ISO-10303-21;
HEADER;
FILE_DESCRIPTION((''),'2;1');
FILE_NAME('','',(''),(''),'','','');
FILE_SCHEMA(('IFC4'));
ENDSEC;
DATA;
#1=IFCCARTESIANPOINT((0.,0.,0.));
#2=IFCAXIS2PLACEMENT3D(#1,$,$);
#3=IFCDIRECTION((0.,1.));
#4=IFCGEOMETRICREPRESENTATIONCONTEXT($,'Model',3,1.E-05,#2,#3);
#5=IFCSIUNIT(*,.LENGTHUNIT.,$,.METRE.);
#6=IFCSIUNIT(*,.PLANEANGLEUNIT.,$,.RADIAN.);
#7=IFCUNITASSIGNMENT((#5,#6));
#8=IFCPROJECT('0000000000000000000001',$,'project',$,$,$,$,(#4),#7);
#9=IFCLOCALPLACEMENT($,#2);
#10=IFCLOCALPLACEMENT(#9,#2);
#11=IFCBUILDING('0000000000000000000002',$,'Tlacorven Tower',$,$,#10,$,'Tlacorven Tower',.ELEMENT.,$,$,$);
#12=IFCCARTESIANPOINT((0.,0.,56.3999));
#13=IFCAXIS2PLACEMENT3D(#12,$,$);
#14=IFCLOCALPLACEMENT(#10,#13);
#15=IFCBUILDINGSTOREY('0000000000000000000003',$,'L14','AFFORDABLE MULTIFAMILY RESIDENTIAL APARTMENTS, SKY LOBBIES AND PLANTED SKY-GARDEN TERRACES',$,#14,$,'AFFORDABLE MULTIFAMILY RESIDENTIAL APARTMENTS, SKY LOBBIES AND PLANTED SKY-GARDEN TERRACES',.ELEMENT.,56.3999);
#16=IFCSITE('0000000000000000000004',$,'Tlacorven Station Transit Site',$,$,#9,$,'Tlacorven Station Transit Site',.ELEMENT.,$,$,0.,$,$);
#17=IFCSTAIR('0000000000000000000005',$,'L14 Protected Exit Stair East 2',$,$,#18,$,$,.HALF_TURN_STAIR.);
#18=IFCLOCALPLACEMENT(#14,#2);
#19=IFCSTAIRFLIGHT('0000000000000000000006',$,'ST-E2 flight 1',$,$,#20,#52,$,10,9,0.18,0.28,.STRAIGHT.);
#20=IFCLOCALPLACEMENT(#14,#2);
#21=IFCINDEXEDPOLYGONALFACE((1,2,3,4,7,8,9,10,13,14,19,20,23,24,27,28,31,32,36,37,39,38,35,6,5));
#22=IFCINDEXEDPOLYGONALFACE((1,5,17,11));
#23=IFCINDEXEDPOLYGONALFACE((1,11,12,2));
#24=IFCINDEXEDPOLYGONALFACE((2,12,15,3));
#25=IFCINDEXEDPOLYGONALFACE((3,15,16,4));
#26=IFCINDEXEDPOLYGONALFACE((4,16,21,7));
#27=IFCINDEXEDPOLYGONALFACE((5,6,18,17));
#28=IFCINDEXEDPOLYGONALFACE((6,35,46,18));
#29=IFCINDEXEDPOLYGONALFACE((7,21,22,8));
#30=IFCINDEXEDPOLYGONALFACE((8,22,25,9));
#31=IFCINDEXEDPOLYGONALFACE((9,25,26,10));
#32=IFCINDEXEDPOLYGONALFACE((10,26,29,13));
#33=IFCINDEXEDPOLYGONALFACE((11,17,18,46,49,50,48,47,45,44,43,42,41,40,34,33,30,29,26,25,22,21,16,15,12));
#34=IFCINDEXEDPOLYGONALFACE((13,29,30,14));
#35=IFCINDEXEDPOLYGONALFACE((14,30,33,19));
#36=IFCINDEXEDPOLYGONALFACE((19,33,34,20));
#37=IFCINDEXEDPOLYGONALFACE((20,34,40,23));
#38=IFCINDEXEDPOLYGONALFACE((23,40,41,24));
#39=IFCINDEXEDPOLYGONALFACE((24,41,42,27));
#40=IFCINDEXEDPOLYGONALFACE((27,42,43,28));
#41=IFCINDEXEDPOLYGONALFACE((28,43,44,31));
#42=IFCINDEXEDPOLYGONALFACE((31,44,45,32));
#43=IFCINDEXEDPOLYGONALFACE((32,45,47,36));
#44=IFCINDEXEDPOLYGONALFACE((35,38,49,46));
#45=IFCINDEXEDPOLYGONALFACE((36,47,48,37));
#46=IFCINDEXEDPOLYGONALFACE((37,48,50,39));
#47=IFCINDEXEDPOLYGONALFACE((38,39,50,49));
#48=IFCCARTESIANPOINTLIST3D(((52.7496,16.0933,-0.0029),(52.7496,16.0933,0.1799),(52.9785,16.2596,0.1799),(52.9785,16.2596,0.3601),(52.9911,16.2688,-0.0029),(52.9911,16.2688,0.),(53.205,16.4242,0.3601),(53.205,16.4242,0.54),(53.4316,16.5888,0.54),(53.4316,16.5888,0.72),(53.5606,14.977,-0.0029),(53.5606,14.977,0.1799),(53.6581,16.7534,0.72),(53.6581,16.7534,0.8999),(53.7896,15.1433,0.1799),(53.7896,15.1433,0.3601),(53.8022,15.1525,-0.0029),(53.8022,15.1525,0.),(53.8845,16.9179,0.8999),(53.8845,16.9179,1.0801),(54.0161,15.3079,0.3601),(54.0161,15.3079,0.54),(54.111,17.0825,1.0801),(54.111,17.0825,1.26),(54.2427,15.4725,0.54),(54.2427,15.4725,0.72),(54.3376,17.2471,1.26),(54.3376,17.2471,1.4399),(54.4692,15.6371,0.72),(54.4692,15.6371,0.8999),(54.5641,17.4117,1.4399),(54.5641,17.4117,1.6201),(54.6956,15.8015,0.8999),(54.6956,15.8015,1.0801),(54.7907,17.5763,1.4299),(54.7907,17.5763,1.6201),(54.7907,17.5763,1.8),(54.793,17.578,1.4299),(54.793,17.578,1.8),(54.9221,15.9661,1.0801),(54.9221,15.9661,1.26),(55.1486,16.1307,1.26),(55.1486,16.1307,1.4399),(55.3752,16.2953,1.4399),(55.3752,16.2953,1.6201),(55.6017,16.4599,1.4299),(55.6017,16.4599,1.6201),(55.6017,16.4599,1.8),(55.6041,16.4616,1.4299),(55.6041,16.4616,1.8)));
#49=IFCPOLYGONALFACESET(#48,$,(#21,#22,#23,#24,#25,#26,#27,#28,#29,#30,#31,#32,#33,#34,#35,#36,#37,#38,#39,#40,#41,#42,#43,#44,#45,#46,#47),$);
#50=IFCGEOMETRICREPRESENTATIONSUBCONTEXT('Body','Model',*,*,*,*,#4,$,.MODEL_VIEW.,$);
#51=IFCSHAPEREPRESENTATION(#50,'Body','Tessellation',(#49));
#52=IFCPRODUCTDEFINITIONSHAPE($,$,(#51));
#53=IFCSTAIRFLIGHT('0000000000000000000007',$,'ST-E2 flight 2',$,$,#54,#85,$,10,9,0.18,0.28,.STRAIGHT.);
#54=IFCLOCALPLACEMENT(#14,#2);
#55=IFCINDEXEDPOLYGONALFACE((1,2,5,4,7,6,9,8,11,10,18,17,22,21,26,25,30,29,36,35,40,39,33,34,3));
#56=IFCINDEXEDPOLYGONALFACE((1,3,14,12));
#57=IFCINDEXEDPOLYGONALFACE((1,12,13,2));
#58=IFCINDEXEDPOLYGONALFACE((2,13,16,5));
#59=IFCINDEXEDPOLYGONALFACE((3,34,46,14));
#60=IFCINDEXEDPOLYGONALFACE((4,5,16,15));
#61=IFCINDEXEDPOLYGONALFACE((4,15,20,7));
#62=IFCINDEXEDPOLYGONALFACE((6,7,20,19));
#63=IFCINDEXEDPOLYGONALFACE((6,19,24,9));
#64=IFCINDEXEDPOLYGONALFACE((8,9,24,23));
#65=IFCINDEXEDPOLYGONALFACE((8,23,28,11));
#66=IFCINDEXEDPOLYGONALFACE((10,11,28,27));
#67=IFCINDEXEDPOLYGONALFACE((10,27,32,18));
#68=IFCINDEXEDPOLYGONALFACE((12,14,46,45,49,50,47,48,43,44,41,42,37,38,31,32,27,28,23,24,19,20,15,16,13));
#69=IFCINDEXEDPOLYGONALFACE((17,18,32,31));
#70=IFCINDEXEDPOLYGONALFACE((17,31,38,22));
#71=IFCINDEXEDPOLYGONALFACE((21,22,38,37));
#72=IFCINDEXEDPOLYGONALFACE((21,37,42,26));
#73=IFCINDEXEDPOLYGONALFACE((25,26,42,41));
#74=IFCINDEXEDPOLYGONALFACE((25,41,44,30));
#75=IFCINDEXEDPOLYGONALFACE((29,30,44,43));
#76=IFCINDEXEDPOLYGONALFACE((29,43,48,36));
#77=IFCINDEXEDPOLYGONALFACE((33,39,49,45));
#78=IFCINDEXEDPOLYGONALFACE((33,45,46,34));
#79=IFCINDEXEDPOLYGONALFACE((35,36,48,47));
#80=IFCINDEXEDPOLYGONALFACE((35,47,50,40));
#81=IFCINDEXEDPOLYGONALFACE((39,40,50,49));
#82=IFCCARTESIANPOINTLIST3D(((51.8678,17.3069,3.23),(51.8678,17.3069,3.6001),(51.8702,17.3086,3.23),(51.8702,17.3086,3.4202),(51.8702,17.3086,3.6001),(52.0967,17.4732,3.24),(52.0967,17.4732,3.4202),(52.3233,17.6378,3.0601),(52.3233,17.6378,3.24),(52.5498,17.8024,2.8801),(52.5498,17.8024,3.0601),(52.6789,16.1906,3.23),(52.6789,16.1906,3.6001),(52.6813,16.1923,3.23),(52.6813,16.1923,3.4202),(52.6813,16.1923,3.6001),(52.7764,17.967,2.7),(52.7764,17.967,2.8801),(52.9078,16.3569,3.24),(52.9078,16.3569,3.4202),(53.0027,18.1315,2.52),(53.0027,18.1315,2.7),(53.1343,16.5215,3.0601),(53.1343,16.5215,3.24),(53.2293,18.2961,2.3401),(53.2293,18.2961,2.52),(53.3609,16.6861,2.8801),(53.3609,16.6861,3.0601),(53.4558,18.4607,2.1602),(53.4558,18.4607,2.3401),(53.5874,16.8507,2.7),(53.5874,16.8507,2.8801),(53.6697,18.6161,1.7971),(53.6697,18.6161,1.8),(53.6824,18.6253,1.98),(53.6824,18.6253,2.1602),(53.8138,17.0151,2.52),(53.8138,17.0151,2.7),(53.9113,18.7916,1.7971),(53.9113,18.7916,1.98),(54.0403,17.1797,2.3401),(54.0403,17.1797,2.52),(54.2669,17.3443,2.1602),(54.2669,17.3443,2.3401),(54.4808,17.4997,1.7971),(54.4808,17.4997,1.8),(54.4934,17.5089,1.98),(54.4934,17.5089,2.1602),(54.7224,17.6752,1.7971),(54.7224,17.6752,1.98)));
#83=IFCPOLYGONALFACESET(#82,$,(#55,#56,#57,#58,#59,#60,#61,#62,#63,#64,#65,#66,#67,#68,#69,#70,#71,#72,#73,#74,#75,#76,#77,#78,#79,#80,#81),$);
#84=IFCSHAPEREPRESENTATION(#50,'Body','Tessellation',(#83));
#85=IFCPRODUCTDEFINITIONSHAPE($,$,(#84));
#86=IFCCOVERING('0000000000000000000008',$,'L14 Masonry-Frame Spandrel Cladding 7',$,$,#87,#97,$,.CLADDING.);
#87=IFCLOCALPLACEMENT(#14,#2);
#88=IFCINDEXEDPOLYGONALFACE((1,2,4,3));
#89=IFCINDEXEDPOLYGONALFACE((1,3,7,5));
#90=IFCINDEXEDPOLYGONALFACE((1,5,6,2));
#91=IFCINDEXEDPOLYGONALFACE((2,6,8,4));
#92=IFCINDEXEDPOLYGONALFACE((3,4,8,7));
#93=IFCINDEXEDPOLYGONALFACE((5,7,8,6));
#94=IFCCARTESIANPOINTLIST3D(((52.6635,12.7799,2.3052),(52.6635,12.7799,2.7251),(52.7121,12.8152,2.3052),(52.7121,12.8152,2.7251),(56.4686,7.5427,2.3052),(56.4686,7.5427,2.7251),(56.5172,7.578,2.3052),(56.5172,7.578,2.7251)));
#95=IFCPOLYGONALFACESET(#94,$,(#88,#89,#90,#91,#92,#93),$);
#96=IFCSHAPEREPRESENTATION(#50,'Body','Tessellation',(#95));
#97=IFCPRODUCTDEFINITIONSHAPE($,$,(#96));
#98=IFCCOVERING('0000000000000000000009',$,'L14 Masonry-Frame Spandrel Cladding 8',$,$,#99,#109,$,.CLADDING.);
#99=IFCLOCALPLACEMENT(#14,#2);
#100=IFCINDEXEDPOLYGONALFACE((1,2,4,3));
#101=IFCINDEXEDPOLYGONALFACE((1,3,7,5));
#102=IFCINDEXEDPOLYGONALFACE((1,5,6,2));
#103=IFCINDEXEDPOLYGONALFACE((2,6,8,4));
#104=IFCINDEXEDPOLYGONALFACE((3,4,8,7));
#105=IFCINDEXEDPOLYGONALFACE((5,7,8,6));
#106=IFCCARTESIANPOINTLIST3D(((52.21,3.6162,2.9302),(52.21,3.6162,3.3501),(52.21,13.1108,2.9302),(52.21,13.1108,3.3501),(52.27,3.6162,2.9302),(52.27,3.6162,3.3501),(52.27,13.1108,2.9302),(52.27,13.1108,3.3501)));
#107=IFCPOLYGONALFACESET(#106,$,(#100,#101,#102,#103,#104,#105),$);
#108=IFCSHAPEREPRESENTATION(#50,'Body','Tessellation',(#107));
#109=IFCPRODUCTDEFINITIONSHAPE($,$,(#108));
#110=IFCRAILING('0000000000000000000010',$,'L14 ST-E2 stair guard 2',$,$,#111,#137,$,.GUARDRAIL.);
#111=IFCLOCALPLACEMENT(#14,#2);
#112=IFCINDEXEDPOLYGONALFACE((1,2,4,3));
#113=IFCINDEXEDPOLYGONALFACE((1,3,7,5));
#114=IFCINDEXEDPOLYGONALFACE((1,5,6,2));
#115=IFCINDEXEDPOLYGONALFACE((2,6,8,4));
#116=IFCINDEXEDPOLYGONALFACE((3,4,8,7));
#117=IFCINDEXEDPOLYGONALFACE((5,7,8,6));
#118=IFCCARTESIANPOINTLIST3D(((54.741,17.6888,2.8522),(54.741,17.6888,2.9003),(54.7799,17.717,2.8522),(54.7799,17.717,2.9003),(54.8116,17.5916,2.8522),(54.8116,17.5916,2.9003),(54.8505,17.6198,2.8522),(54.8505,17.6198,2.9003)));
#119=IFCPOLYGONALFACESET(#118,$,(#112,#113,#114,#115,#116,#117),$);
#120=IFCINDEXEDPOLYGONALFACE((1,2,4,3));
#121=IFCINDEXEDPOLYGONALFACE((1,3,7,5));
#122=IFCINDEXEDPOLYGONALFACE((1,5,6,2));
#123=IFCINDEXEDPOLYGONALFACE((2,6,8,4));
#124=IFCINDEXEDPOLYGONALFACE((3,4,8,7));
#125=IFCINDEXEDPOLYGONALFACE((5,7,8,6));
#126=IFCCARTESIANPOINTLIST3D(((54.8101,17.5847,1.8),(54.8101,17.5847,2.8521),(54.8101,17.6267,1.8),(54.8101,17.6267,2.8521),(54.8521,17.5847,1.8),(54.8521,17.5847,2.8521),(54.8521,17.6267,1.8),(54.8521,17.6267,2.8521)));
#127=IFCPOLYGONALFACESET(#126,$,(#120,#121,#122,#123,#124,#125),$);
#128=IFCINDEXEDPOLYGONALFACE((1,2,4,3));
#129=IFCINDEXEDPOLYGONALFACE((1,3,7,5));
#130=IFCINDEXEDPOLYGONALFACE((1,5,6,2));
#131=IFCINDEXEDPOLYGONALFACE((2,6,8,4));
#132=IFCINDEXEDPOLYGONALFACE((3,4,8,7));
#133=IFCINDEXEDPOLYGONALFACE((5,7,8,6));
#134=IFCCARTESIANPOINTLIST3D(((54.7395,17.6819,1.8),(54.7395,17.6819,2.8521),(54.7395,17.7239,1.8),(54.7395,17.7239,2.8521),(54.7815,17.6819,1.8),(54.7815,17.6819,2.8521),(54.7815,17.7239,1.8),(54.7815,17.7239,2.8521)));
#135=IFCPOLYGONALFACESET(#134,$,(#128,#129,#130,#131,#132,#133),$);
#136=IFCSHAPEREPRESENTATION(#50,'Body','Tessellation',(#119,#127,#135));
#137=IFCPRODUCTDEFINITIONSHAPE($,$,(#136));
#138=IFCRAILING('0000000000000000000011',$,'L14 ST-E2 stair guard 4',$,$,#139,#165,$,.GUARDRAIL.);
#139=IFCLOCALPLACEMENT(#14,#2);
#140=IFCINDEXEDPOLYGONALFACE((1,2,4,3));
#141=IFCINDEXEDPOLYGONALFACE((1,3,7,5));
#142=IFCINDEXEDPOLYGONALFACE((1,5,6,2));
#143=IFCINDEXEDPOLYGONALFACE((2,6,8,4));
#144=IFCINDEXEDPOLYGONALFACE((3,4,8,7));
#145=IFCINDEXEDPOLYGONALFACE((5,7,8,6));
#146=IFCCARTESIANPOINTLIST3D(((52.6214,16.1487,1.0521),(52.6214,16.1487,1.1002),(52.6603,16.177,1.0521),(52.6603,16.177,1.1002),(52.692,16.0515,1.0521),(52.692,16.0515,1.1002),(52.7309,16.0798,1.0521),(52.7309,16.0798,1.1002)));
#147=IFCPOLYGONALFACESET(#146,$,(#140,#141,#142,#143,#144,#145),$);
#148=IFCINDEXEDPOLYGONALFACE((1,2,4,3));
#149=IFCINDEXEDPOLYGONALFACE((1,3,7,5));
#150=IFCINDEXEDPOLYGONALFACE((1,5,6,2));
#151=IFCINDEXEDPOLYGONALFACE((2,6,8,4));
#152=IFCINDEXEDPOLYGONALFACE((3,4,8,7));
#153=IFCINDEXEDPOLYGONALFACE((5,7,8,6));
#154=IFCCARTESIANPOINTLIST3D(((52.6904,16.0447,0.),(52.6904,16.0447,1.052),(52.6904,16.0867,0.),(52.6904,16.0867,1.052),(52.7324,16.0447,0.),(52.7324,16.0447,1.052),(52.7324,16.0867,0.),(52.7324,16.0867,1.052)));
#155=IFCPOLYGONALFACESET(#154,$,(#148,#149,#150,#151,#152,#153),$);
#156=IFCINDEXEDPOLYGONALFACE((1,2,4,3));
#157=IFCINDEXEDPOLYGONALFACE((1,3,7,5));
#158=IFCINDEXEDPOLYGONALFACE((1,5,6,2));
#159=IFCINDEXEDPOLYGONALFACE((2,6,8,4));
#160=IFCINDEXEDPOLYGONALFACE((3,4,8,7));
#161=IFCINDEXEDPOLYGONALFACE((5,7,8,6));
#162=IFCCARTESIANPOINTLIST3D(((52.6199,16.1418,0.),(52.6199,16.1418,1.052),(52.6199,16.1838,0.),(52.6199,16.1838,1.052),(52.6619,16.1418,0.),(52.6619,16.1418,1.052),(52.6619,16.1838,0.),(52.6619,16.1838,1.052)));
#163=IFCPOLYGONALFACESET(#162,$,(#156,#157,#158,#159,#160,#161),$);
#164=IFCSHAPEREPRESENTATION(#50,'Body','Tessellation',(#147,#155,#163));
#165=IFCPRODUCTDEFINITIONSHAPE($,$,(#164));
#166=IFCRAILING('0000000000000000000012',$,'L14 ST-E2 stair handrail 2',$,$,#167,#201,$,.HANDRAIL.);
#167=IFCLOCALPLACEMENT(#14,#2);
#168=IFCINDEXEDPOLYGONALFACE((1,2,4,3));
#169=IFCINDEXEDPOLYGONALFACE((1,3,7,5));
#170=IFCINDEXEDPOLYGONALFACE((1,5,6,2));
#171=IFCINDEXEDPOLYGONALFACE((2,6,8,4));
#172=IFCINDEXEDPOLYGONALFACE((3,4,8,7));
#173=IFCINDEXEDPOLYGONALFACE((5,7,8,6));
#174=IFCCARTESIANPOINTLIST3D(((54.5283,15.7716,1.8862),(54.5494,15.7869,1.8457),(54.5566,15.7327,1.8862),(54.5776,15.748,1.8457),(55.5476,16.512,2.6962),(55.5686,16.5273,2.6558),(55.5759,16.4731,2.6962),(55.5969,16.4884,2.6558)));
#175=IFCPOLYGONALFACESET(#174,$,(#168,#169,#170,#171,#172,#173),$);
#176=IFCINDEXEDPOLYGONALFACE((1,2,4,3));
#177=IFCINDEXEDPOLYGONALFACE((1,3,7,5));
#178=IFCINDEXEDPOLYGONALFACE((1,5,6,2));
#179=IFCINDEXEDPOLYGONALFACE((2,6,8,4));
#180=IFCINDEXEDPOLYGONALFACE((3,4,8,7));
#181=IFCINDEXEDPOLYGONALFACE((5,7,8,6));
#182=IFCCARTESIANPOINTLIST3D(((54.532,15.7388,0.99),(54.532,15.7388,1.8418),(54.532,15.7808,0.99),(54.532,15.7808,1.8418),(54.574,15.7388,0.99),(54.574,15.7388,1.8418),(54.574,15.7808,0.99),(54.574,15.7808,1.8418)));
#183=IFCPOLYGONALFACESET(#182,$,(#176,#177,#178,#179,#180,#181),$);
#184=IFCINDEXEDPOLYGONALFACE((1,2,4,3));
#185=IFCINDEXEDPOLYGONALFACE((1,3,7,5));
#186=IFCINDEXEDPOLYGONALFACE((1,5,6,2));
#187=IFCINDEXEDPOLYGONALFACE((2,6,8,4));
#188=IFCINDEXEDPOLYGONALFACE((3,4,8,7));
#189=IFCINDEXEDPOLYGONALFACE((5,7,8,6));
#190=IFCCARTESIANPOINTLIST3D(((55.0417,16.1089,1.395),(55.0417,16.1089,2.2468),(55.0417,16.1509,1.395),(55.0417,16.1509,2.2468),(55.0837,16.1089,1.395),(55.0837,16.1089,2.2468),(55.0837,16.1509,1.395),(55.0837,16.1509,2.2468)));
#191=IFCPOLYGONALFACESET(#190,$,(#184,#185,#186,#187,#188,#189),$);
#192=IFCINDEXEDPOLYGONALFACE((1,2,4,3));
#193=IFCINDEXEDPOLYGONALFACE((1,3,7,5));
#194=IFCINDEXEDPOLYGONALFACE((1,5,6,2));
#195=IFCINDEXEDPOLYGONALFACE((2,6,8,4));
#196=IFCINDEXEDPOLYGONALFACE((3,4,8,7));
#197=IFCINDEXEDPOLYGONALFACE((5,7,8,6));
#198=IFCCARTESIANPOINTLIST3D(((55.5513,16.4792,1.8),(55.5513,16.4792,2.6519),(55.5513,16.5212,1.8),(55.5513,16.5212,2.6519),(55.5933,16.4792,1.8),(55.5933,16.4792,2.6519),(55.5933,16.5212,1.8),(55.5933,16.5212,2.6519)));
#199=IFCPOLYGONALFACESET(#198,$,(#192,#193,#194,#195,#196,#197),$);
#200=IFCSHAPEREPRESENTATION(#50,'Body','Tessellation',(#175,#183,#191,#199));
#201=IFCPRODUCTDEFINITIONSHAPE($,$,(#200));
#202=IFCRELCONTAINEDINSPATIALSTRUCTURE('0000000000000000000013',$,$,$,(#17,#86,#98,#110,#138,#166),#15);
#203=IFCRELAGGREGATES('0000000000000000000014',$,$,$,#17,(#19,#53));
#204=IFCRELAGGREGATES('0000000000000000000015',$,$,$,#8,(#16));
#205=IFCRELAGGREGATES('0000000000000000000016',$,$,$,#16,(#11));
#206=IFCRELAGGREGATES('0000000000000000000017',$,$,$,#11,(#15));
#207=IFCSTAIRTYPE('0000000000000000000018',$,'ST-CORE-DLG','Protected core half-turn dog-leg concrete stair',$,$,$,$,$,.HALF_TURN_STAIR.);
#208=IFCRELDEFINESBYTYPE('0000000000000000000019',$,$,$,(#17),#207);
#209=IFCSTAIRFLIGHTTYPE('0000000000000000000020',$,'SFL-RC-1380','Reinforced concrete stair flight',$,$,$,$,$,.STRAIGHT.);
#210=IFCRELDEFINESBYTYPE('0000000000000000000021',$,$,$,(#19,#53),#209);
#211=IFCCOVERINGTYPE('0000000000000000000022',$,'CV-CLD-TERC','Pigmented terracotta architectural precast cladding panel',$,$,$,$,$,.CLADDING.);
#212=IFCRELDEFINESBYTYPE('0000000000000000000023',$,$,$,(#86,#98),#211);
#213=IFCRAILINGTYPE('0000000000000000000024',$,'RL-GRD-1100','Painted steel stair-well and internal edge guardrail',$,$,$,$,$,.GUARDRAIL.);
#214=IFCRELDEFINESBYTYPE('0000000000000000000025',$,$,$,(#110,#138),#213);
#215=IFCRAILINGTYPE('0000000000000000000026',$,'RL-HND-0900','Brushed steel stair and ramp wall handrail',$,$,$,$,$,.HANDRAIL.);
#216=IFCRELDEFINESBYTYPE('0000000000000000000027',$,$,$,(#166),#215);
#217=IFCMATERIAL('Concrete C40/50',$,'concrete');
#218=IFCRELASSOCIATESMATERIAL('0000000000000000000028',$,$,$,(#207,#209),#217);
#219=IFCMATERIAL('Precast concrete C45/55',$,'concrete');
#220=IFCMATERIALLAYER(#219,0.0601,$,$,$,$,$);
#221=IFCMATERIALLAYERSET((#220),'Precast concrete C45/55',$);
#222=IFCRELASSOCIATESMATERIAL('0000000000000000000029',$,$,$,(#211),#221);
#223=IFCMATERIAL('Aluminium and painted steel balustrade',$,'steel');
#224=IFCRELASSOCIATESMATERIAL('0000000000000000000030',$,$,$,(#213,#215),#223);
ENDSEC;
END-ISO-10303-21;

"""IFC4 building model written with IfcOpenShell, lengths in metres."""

from ifc_helpers import new_model, si_unit, direction, frame, origin, origin_2d, place, context, subcontext, project, spatial, polyline, rectangle, outline, extrude, source, transform, mapped, material, layer, layer_set, type_object, element, aggregate, save


model = new_model("IFC4")

# Units and contexts
model_context = context("Model", 3, precision=1e-05, world=origin(), true_north=direction((0.0, 1.0)))
body_context = subcontext(model_context, "Body", "Model", "MODEL_VIEW")
ifc_project = project(units=[si_unit("LENGTHUNIT", "METRE"), si_unit("PLANEANGLEUNIT", "RADIAN")], contexts=[model_context])

# Site, building, storey
site_placement = place(None, origin())
site = spatial("IfcSite", under=ifc_project, at=site_placement, Name="Tlacorven Station Transit Site", LongName="Tlacorven Station Transit Site", CompositionType="ELEMENT", RefElevation=0.0)
building_placement = place(site_placement, origin())
building = spatial("IfcBuilding", under=site, at=building_placement, Name="Tlacorven Tower", LongName="Tlacorven Tower", CompositionType="ELEMENT")
storey_placement = place(building_placement, frame((0.0, 0.0, 56.3999)))
storey = spatial("IfcBuildingStorey", under=building, at=storey_placement, Name="L14", Description="AFFORDABLE MULTIFAMILY RESIDENTIAL APARTMENTS, SKY LOBBIES AND PLANTED SKY-GARDEN TERRACES", LongName="AFFORDABLE MULTIFAMILY RESIDENTIAL APARTMENTS, SKY LOBBIES AND PLANTED SKY-GARDEN TERRACES", CompositionType="ELEMENT", Elevation=56.3999)

# Shared definitions
ifc_material_1 = material(Name="Precast concrete C45/55", Category="concrete")

# Stair, stair flights
ifc_material_2 = material(Name="Concrete C40/50", Category="concrete")
stair_type = type_object("IfcStairType", Name="ST-CORE-DLG", Description="Protected core half-turn dog-leg concrete stair", PredefinedType="HALF_TURN_STAIR", material=ifc_material_2)
stair_placement = place(storey_placement, origin())
stair = element("IfcStair", 1, at=stair_placement, inside=storey, type_object=stair_type, Name="L14 Protected Exit Stair East 2", PredefinedType="HALF_TURN_STAIR")
stair_flight_type = type_object("IfcStairFlightType", Name="SFL-RC-1380", Description="Reinforced concrete stair flight", PredefinedType="STRAIGHT", material=ifc_material_2)
shared_shape_1 = source(origin(), body_context, "Body", "SweptSolid", [
    extrude(outline(polyline([(-0.0029, -0.0029), (-0.0029, 0.1799), (0.28, 0.1799), (0.28, 0.3601), (0.5601, 0.3601), (0.5601, 0.54), (0.8401, 0.54), (0.8401, 0.72), (1.1201, 0.72), (1.1201, 0.8999), (1.3999, 0.8999), (1.3999, 1.0801), (1.6799, 1.0801), (1.6799, 1.26), (1.96, 1.26), (1.96, 1.4399), (2.24, 1.4399), (2.24, 1.6201), (2.52, 1.6201), (2.52, 1.8), (2.5229, 1.8), (2.5229, 1.4299), (2.52, 1.4299), (0.2957, 0.0), (0.2957, -0.0029), (-0.0029, -0.0029)])), frame((0.0, 0.6899, 0.0), z_axis=(0.0, -1.0, 0.0), x_axis=(1.0, 0.0, 0.0)), (0.0, 0.0, 1.0), 1.3799),
])
stair_flight_1_placement = place(storey_placement, frame((53.1575, 15.5369, 0.0), z_axis=(0.0, 0.0, 1.0), x_axis=(0.809017, 0.587785, 0.0)))
stair_flight_1 = element("IfcStairFlight", 2, at=stair_flight_1_placement, type_object=stair_flight_type, Name="ST-E2 flight 1", NumberOfRisers=10, NumberOfTreads=9, PredefinedType="STRAIGHT", RiserHeight=0.18, TreadLength=0.28, context=body_context, shape_type="MappedRepresentation", body=[
    mapped(shared_shape_1, transform((0.0, 0.0, 0.0), scale=1.0)),
])
stair_flight_2_placement = place(storey_placement, frame((54.3145, 18.2317, 1.8), z_axis=(0.0, 0.0, 1.0), x_axis=(-0.809017, -0.587785, 0.0)))
stair_flight_2 = element("IfcStairFlight", 3, at=stair_flight_2_placement, type_object=stair_flight_type, Name="ST-E2 flight 2", NumberOfRisers=10, NumberOfTreads=9, PredefinedType="STRAIGHT", RiserHeight=0.18, TreadLength=0.28, context=body_context, shape_type="MappedRepresentation", body=[
    mapped(shared_shape_1, transform((0.0, 0.0, 0.0), scale=1.0)),
])
aggregate(stair, [stair_flight_1, stair_flight_2])

# Coverings
ifc_layer_1 = layer(ifc_material_1, 0.0601)
ifc_layer_set_1 = layer_set([ifc_layer_1], Name="Precast concrete C45/55")
covering_type = type_object("IfcCoveringType", Name="CV-CLD-TERC", Description="Pigmented terracotta architectural precast cladding panel", PredefinedType="CLADDING", material=ifc_layer_set_1)
shared_shape_2 = source(origin(), body_context, "Body", "SweptSolid", [
    extrude(rectangle(XDim=6.4736, YDim=0.0601, at=origin_2d()), origin(), (0.0, 0.0, 1.0), 0.4199),
])
covering_1_placement = place(storey_placement, frame((54.5903, 10.179, 2.3052), z_axis=(0.0, 0.0, 1.0), x_axis=(-0.587786, 0.809017, 0.0)))
element("IfcCovering", 4, at=covering_1_placement, inside=storey, type_object=covering_type, Name="L14 Masonry-Frame Spandrel Cladding 7", PredefinedType="CLADDING", context=body_context, shape_type="MappedRepresentation", body=[
    mapped(shared_shape_2, transform((0.0, 0.0, 0.0), scale=1.0)),
])
shared_shape_3 = source(origin(), body_context, "Body", "SweptSolid", [
    extrude(rectangle(XDim=9.4946, YDim=0.0601, at=origin_2d()), origin(), (0.0, 0.0, 1.0), 0.4199),
])
covering_2_placement = place(storey_placement, frame((52.24, 8.3635, 2.9302), z_axis=(0.0, 0.0, 1.0), x_axis=(0.0, -1.0, 0.0)))
element("IfcCovering", 5, at=covering_2_placement, inside=storey, type_object=covering_type, Name="L14 Masonry-Frame Spandrel Cladding 8", PredefinedType="CLADDING", context=body_context, shape_type="MappedRepresentation", body=[
    mapped(shared_shape_3, transform((0.0, 0.0, 0.0), scale=1.0)),
])

# Railings
ifc_material_3 = material(Name="Aluminium and painted steel balustrade", Category="steel")
railing_type_1 = type_object("IfcRailingType", Name="RL-GRD-1100", Description="Painted steel stair-well and internal edge guardrail", PredefinedType="GUARDRAIL", material=ifc_material_3)
shared_shape_4 = source(origin(), body_context, "Body", "SweptSolid", [
    extrude(rectangle(XDim=0.0481, YDim=0.0481, at=origin_2d()), frame((0.0, 0.0, 1.0762), z_axis=(-0.587567, 0.809175, 0.0), x_axis=(-0.809175, -0.587567, 0.0)), (0.0, 0.0, 1.0), 0.1201),
    extrude(rectangle(XDim=0.042, YDim=0.042, at=origin_2d()), origin(), (0.0, 0.0, 1.0), 1.052),
    extrude(rectangle(XDim=0.042, YDim=0.042, at=origin_2d()), frame((-0.0706, 0.0972, 0.0)), (0.0, 0.0, 1.0), 1.052),
])
for number, where, name in (
    (6, (54.8311, 17.6057, 1.8), "L14 ST-E2 stair guard 2"),
    (7, (52.7114, 16.0657, 0.0), "L14 ST-E2 stair guard 4"),
):
    element("IfcRailing", number, at=place(storey_placement, frame(where)), inside=storey, type_object=railing_type_1, Name=name, PredefinedType="GUARDRAIL", context=body_context, shape_type="MappedRepresentation", body=[
        mapped(shared_shape_4, transform((0.0, 0.0, 0.0), scale=1.0)),
    ])
railing_type_2 = type_object("IfcRailingType", Name="RL-HND-0900", Description="Brushed steel stair and ramp wall handrail", PredefinedType="HANDRAIL", material=ifc_material_3)
shared_shape_5 = source(origin(), body_context, "Body", "SweptSolid", [
    extrude(rectangle(XDim=0.0481, YDim=0.0481, at=origin_2d()), frame((0.0, 0.0, 0.876), z_axis=(0.680516, 0.494373, 0.540827), x_axis=(-0.587745, 0.809046, 0.0)), (0.0, 0.0, 1.0), 1.4978),
    extrude(rectangle(XDim=0.042, YDim=0.042, at=origin_2d()), origin(), (0.0, 0.0, 1.0), 0.8518),
    extrude(rectangle(XDim=0.042, YDim=0.042, at=origin_2d()), frame((0.5098, 0.3701, 0.405)), (0.0, 0.0, 1.0), 0.8518),
    extrude(rectangle(XDim=0.042, YDim=0.042, at=origin_2d()), frame((1.0193, 0.7405, 0.8101)), (0.0, 0.0, 1.0), 0.8518),
])
railing_1_placement = place(storey_placement, frame((54.553, 15.7598, 0.99)))
element("IfcRailing", 8, at=railing_1_placement, inside=storey, type_object=railing_type_2, Name="L14 ST-E2 stair handrail 2", PredefinedType="HANDRAIL", context=body_context, shape_type="MappedRepresentation", body=[
    mapped(shared_shape_5, transform((0.0, 0.0, 0.0), scale=1.0)),
])

save(model, "model.ifc")
